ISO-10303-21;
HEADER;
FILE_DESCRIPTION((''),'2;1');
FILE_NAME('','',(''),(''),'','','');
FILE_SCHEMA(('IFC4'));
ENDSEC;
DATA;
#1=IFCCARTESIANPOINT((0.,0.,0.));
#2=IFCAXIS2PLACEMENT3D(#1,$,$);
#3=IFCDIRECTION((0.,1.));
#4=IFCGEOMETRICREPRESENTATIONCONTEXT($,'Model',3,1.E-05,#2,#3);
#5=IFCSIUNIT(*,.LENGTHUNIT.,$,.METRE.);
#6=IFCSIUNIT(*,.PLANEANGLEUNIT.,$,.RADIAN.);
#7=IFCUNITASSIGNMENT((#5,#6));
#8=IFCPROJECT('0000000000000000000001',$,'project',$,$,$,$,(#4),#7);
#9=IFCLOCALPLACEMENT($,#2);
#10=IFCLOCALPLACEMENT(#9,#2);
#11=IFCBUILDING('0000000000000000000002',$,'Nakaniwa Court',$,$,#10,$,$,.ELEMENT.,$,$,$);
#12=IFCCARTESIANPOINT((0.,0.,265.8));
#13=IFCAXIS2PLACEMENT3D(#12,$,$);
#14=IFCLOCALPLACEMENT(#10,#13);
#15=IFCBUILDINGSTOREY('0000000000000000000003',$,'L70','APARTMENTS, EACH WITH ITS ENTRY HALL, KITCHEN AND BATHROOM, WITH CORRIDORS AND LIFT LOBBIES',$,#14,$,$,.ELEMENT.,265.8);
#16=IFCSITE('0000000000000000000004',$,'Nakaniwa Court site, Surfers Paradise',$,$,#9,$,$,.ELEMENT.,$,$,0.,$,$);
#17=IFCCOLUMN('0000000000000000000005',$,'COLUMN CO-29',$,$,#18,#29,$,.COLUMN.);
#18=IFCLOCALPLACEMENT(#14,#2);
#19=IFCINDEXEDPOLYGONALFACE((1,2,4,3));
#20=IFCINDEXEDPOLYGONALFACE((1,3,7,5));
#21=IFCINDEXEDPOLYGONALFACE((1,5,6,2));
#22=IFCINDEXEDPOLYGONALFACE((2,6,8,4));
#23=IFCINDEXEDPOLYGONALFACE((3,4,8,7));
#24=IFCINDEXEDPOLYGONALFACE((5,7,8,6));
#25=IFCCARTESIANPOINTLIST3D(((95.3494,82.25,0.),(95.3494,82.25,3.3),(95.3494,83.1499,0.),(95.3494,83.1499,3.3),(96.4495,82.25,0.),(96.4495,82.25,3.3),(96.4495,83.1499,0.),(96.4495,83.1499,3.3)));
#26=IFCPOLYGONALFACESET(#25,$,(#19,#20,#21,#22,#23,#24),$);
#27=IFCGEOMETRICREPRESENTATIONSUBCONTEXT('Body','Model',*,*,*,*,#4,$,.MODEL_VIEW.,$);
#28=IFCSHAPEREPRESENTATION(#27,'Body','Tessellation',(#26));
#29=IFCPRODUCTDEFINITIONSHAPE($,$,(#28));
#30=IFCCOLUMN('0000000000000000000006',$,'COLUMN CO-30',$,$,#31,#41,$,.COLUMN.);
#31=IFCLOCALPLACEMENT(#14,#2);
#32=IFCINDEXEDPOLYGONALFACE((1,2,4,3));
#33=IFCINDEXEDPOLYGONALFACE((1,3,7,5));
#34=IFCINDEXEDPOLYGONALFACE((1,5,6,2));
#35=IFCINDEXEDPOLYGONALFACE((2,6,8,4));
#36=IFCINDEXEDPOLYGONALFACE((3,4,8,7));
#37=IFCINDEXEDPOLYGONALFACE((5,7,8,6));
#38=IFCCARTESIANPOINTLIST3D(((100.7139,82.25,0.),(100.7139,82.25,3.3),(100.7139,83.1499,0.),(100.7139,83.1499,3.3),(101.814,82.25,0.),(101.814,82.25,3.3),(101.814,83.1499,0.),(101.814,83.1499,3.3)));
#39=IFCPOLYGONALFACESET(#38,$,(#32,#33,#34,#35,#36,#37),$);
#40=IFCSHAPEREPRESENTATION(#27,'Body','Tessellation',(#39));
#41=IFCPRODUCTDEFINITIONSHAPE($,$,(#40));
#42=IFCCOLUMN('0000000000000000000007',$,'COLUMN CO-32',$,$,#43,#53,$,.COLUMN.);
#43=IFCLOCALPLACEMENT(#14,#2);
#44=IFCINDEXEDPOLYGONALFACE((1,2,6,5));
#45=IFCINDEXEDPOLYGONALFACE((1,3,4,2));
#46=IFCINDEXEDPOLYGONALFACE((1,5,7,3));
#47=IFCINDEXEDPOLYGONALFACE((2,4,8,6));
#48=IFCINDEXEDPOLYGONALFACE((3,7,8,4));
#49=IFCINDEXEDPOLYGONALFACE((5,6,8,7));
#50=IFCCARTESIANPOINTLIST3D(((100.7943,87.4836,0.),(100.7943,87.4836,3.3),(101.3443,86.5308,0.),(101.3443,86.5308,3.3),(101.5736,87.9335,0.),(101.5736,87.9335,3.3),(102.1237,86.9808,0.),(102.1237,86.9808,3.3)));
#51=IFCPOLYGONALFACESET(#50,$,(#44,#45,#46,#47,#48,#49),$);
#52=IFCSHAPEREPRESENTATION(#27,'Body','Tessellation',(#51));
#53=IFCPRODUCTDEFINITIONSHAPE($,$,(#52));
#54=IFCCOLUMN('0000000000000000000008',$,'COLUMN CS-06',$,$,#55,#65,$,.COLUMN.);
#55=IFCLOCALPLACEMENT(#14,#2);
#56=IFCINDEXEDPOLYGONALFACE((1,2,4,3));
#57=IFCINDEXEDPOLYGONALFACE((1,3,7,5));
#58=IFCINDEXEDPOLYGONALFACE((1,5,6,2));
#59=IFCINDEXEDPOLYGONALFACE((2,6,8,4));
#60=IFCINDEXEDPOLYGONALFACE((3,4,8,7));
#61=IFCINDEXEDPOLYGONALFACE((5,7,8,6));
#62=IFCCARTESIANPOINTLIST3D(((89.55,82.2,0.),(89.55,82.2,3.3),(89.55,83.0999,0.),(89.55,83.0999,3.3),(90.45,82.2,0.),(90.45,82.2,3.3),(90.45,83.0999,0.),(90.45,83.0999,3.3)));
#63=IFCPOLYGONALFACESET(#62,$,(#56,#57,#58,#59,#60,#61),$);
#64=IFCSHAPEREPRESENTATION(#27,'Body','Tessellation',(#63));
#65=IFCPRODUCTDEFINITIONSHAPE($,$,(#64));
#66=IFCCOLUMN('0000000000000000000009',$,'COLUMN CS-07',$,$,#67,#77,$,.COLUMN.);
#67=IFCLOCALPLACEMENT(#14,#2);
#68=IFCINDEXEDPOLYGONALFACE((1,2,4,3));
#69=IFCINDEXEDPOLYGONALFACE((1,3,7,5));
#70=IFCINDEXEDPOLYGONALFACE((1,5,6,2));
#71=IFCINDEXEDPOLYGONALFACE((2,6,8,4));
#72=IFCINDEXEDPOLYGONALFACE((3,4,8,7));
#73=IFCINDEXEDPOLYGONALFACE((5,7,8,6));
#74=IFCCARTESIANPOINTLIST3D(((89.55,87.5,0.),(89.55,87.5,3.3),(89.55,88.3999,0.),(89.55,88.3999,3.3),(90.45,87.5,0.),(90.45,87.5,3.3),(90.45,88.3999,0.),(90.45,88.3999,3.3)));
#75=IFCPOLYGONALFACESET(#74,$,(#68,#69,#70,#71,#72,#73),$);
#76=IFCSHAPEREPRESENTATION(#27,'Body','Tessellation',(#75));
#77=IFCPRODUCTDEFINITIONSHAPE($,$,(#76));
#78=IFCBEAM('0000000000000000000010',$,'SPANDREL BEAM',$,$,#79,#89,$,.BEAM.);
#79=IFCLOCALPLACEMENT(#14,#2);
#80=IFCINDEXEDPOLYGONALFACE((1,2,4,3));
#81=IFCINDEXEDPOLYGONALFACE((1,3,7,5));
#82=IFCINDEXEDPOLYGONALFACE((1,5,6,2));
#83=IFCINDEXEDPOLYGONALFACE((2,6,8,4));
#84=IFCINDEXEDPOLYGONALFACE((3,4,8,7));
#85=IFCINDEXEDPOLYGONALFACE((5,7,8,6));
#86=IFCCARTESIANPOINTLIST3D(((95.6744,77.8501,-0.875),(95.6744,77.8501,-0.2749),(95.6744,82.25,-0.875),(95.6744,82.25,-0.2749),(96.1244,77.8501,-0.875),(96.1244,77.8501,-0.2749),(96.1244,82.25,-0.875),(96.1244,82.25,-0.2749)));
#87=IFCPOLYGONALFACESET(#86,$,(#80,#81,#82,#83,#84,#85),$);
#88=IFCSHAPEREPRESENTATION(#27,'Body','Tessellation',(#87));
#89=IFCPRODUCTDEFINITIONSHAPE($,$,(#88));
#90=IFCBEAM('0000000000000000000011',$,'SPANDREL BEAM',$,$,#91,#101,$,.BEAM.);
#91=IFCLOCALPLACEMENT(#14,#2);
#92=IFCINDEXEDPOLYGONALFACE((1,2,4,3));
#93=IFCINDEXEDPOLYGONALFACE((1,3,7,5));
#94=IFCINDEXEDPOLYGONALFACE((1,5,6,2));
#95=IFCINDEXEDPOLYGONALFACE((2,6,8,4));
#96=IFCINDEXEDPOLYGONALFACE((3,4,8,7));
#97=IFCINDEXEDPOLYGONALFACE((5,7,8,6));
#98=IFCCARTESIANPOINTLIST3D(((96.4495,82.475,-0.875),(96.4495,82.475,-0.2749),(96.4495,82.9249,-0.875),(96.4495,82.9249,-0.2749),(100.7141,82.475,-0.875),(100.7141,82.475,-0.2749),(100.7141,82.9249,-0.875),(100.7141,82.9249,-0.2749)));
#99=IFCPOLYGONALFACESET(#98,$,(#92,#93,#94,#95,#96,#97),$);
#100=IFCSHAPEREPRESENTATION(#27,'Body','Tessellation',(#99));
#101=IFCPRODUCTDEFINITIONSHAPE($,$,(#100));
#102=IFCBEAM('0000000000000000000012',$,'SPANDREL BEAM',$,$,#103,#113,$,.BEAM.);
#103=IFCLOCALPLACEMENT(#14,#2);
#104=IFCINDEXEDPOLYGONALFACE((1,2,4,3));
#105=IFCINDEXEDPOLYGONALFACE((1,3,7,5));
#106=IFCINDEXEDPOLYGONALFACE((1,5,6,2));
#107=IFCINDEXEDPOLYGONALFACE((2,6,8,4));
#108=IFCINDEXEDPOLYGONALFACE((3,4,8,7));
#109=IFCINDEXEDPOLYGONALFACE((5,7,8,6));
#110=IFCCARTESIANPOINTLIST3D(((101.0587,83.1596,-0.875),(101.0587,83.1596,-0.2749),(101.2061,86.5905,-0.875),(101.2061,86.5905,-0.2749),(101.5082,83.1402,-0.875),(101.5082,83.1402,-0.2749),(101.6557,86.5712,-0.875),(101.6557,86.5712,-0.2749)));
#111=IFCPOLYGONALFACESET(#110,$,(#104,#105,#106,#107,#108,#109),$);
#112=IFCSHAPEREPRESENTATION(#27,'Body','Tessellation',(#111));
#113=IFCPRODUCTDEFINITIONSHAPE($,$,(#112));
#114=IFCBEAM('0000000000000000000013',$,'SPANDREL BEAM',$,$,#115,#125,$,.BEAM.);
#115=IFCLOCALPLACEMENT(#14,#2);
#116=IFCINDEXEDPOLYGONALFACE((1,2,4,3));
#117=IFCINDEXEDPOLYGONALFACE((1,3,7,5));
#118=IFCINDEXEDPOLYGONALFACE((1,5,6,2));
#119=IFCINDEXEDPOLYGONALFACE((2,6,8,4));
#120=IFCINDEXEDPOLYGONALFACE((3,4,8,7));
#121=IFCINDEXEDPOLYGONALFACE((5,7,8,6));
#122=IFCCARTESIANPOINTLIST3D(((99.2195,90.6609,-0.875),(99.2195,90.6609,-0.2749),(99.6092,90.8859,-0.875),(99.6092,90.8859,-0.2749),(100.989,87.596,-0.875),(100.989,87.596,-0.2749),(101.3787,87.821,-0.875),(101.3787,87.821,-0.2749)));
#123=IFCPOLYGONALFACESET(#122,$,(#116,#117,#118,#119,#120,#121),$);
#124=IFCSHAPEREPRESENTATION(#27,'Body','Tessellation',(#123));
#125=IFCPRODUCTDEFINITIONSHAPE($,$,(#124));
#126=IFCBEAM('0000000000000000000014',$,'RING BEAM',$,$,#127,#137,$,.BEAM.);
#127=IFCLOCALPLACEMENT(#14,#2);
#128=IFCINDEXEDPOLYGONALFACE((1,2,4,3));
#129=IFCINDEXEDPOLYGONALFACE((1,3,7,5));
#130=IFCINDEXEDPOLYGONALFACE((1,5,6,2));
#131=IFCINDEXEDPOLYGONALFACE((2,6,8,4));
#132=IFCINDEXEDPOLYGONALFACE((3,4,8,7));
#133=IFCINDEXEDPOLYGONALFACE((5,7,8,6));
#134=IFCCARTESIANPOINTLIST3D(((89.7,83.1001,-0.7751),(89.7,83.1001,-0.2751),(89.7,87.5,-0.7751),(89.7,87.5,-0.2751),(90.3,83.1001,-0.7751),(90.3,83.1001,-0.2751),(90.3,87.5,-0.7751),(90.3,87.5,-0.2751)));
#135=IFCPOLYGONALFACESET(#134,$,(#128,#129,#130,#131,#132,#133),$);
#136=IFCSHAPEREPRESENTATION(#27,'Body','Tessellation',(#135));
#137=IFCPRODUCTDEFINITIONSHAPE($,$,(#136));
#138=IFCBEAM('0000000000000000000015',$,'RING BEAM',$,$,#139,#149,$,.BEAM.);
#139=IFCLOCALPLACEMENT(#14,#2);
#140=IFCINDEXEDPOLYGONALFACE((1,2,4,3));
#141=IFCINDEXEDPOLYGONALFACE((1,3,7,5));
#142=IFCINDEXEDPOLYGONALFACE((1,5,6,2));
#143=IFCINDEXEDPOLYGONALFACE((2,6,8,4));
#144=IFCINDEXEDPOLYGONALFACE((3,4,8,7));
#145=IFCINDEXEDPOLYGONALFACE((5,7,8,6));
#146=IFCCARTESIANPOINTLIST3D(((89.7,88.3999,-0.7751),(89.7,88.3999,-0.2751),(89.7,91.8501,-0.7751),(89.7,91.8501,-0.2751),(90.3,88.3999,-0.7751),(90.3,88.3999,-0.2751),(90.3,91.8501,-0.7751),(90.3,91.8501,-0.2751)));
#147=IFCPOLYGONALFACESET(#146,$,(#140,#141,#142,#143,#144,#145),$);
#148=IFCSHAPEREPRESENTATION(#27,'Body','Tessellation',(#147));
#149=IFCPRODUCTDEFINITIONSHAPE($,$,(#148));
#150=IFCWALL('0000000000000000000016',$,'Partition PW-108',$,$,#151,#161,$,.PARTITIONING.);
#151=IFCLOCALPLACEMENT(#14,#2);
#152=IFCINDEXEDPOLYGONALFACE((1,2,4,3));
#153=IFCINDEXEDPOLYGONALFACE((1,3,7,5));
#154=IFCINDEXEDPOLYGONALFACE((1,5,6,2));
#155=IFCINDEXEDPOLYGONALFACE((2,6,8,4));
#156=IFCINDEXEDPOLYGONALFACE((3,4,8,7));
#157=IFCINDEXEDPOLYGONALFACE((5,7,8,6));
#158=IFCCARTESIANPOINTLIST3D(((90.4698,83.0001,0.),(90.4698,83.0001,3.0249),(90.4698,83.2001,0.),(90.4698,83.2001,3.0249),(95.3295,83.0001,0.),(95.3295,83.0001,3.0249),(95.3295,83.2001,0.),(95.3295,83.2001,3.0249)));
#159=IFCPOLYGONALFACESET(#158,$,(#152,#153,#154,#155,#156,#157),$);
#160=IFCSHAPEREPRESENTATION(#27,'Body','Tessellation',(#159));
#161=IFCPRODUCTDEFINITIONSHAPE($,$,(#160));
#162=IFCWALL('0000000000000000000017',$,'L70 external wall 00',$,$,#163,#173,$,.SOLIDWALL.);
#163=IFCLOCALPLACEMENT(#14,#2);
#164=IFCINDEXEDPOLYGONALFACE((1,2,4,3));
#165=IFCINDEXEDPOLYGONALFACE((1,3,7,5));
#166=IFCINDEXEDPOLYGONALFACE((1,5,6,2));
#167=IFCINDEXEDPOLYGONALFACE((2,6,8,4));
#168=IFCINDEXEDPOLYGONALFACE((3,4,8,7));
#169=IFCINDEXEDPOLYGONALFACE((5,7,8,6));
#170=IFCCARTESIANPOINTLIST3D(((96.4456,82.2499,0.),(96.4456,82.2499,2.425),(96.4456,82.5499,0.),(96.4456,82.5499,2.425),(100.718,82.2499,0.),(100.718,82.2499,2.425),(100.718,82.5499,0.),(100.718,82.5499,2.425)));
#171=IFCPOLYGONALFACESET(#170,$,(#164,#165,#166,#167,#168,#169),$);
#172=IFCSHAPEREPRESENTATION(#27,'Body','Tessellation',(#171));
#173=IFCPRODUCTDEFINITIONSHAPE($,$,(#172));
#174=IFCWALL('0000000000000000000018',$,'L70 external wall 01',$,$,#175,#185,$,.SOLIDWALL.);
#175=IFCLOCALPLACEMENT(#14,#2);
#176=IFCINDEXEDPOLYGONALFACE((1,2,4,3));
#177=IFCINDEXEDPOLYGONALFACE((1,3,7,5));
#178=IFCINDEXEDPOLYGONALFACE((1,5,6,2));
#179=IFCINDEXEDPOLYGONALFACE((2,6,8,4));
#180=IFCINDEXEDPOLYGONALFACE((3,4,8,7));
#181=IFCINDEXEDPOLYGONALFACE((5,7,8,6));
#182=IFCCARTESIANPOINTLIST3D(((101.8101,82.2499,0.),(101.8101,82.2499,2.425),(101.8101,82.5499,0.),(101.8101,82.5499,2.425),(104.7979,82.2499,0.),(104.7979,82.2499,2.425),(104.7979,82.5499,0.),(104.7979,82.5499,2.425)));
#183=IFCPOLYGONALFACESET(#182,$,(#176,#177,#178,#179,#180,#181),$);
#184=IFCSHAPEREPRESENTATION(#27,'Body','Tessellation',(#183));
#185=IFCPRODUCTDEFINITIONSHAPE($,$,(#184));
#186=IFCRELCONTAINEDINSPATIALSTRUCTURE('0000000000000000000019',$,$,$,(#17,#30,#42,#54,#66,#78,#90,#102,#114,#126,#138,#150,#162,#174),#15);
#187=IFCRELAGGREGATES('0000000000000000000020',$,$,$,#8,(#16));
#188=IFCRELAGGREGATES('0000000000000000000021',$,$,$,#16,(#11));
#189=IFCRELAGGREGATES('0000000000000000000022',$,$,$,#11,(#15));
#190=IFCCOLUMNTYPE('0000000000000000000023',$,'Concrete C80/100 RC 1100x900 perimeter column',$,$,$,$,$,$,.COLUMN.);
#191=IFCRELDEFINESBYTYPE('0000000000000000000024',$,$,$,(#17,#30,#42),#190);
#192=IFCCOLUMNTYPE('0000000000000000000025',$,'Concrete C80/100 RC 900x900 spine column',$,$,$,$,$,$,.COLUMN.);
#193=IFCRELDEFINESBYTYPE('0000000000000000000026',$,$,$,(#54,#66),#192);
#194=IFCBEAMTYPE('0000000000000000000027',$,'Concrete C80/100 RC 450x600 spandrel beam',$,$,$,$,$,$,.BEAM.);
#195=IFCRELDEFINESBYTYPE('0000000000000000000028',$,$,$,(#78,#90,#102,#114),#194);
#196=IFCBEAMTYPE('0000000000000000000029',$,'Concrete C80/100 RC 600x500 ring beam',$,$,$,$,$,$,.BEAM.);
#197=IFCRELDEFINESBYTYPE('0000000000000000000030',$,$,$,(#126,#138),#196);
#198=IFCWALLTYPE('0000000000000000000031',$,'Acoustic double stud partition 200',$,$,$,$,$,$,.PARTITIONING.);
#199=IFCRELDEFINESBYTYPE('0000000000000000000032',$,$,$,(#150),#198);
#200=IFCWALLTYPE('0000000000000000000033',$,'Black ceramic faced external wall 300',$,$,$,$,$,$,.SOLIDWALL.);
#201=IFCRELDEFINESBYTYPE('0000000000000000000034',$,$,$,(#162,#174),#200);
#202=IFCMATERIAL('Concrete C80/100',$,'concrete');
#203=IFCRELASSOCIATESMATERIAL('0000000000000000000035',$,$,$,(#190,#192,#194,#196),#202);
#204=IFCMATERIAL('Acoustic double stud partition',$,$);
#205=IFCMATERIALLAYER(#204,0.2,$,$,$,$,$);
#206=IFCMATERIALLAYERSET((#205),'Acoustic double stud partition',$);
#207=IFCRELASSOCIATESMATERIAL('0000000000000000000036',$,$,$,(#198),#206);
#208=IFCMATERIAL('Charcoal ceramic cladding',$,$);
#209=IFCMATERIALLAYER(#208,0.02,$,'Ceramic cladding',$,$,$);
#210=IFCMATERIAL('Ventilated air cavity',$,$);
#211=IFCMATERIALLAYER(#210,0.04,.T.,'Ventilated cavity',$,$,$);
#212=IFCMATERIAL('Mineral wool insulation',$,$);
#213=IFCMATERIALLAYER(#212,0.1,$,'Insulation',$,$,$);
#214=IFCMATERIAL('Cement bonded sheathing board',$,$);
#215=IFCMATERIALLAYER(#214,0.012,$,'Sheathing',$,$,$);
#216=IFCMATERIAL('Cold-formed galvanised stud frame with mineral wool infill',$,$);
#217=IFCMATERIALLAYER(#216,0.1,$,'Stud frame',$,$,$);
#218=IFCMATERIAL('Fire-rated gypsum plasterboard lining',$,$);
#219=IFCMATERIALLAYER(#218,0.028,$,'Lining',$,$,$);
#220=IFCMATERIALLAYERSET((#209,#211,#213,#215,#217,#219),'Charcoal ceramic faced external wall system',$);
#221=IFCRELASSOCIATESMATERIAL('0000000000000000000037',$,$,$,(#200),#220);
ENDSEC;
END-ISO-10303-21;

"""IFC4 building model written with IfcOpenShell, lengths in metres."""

from ifc_helpers import new_model, si_unit, direction, frame, frame_2d, origin, origin_2d, place, context, subcontext, project, spatial, rectangle, extrude, material, layer, layer_set, material_profile, profile_set, type_object, element, save


model = new_model("IFC4")

# Units and contexts
model_context = context("Model", 3, precision=1e-05, world=origin(), true_north=direction((0.0, 1.0)))
body_context = subcontext(model_context, "Body", "Model", "MODEL_VIEW")
ifc_project = project(units=[si_unit("LENGTHUNIT", "METRE"), si_unit("PLANEANGLEUNIT", "RADIAN")], contexts=[model_context])

# Site, building, storey
site_placement = place(None, origin())
site = spatial("IfcSite", under=ifc_project, at=site_placement, Name="Nakaniwa Court site, Surfers Paradise", CompositionType="ELEMENT", RefElevation=0.0)
building_placement = place(site_placement, origin())
building = spatial("IfcBuilding", under=site, at=building_placement, Name="Nakaniwa Court", CompositionType="ELEMENT")
storey_placement = place(building_placement, frame((0.0, 0.0, 265.8)))
storey = spatial("IfcBuildingStorey", under=building, at=storey_placement, Name="L70", Description="APARTMENTS, EACH WITH ITS ENTRY HALL, KITCHEN AND BATHROOM, WITH CORRIDORS AND LIFT LOBBIES", CompositionType="ELEMENT", Elevation=265.8)

# Columns
ifc_material_1 = material(Name="Concrete C80/100", Category="concrete")
ifc_material_profile_1 = material_profile(ifc_material_1, rectangle(XDim=1.1001, YDim=0.8999, at=origin_2d()), Name="Concrete C80/100 RC 1100x900 perimeter column")
ifc_profile_set_1 = profile_set([ifc_material_profile_1], Name="Concrete C80/100")
column_type_1 = type_object("IfcColumnType", Name="Concrete C80/100 RC 1100x900 perimeter column", PredefinedType="COLUMN", material=ifc_profile_set_1)
for number, where, z_axis, x_axis, name in (
    (1, (95.8994, 82.7, 0.0), (0.0, 0.0, 1.0), (1.0, 0.0, 0.0), "COLUMN CO-29"),
    (2, (101.2639, 82.7, 0.0), (0.0, 0.0, 1.0), (1.0, 0.0, 0.0), "COLUMN CO-30"),
    (3, (101.459, 87.2322, 0.0), (0.0, 0.0, 1.0), (-0.5, 0.866025, 0.0), "COLUMN CO-32"),
):
    element("IfcColumn", number, at=place(storey_placement, frame(where, z_axis=z_axis, x_axis=x_axis)), inside=storey, type_object=column_type_1, Name=name, PredefinedType="COLUMN", context=body_context, shape_type="SweptSolid", body=[
        extrude(rectangle(XDim=1.1001, YDim=0.8999, at=origin_2d()), origin(), (0.0, 0.0, 1.0), 3.3),
    ])
ifc_material_profile_2 = material_profile(ifc_material_1, rectangle(XDim=0.8999, YDim=0.8999, at=origin_2d()), Name="Concrete C80/100 RC 900x900 spine column")
ifc_profile_set_2 = profile_set([ifc_material_profile_2], Name="Concrete C80/100")
column_type_2 = type_object("IfcColumnType", Name="Concrete C80/100 RC 900x900 spine column", PredefinedType="COLUMN", material=ifc_profile_set_2)
for number, where, z_axis, x_axis, name in (
    (4, (90.0, 82.6499, 0.0), (0.0, 0.0, 1.0), (0.0, 1.0, 0.0), "COLUMN CS-06"),
    (5, (90.0, 87.95, 0.0), (0.0, 0.0, 1.0), (0.0, 1.0, 0.0), "COLUMN CS-07"),
):
    element("IfcColumn", number, at=place(storey_placement, frame(where, z_axis=z_axis, x_axis=x_axis)), inside=storey, type_object=column_type_2, Name=name, PredefinedType="COLUMN", context=body_context, shape_type="SweptSolid", body=[
        extrude(rectangle(XDim=0.8999, YDim=0.8999, at=origin_2d()), origin(), (0.0, 0.0, 1.0), 3.3),
    ])

# Beams
ifc_material_profile_3 = material_profile(ifc_material_1, rectangle(XDim=0.45, YDim=0.6001, at=origin_2d()), Name="Concrete C80/100 RC 450x600 spandrel beam")
ifc_profile_set_3 = profile_set([ifc_material_profile_3], Name="Concrete C80/100")
beam_type_1 = type_object("IfcBeamType", Name="Concrete C80/100 RC 450x600 spandrel beam", PredefinedType="BEAM", material=ifc_profile_set_3)
beam_1_placement = place(storey_placement, frame((95.8994, 77.8501, -0.575), z_axis=(0.0, 1.0, 0.0), x_axis=(-1.0, 0.0, 0.0)))
element("IfcBeam", 6, at=beam_1_placement, inside=storey, type_object=beam_type_1, Name="SPANDREL BEAM", PredefinedType="BEAM", context=body_context, shape_type="SweptSolid", body=[
    extrude(rectangle(XDim=0.45, YDim=0.6001, at=origin_2d()), origin(), (0.0, 0.0, 1.0), 4.3999),
])
beam_2_placement = place(storey_placement, frame((96.4495, 82.7, -0.575), z_axis=(1.0, 0.0, 0.0), x_axis=(0.0, 1.0, 0.0)))
element("IfcBeam", 7, at=beam_2_placement, inside=storey, type_object=beam_type_1, Name="SPANDREL BEAM", PredefinedType="BEAM", context=body_context, shape_type="SweptSolid", body=[
    extrude(rectangle(XDim=0.45, YDim=0.6001, at=origin_2d()), origin(), (0.0, 0.0, 1.0), 4.2646),
])
beam_3_placement = place(storey_placement, frame((101.2834, 83.1499, -0.575), z_axis=(0.042941, 0.999078, 0.0), x_axis=(-0.999078, 0.042941, 0.0)))
element("IfcBeam", 8, at=beam_3_placement, inside=storey, type_object=beam_type_1, Name="SPANDREL BEAM", PredefinedType="BEAM", context=body_context, shape_type="SweptSolid", body=[
    extrude(rectangle(XDim=0.45, YDim=0.6001, at=origin_2d()), origin(), (0.0, 0.0, 1.0), 3.4341),
])
beam_4_placement = place(storey_placement, frame((101.1838, 87.7085, -0.575), z_axis=(-0.499997, 0.866027, 0.0), x_axis=(-0.866027, -0.499997, 0.0)))
element("IfcBeam", 9, at=beam_4_placement, inside=storey, type_object=beam_type_1, Name="SPANDREL BEAM", PredefinedType="BEAM", context=body_context, shape_type="SweptSolid", body=[
    extrude(rectangle(XDim=0.45, YDim=0.6001, at=origin_2d()), origin(), (0.0, 0.0, 1.0), 3.5391),
])
ifc_material_profile_4 = material_profile(ifc_material_1, rectangle(XDim=0.6001, YDim=0.5, at=origin_2d()), Name="Concrete C80/100 RC 600x500 ring beam")
ifc_profile_set_4 = profile_set([ifc_material_profile_4], Name="Concrete C80/100")
beam_type_2 = type_object("IfcBeamType", Name="Concrete C80/100 RC 600x500 ring beam", PredefinedType="BEAM", material=ifc_profile_set_4)
beam_5_placement = place(storey_placement, frame((90.0, 83.1001, -0.5251), z_axis=(0.0, 1.0, 0.0), x_axis=(-1.0, 0.0, 0.0)))
element("IfcBeam", 10, at=beam_5_placement, inside=storey, type_object=beam_type_2, Name="RING BEAM", PredefinedType="BEAM", context=body_context, shape_type="SweptSolid", body=[
    extrude(rectangle(XDim=0.6001, YDim=0.5, at=origin_2d()), origin(), (0.0, 0.0, 1.0), 4.3999),
])
beam_6_placement = place(storey_placement, frame((90.0, 88.3999, -0.5251), z_axis=(0.0, 1.0, 0.0), x_axis=(-1.0, 0.0, 0.0)))
element("IfcBeam", 11, at=beam_6_placement, inside=storey, type_object=beam_type_2, Name="RING BEAM", PredefinedType="BEAM", context=body_context, shape_type="SweptSolid", body=[
    extrude(rectangle(XDim=0.6001, YDim=0.5, at=origin_2d()), origin(), (0.0, 0.0, 1.0), 3.4502),
])

# Walls
ifc_material_2 = material(Name="Acoustic double stud partition")
ifc_layer_1 = layer(ifc_material_2, 0.2)
ifc_layer_set_1 = layer_set([ifc_layer_1], Name="Acoustic double stud partition")
wall_type_1 = type_object("IfcWallType", Name="Acoustic double stud partition 200", PredefinedType="PARTITIONING", material=ifc_layer_set_1)
wall_1_placement = place(storey_placement, frame((90.47, 83.1001, 0.0), z_axis=(0.0, 0.0, 1.0), x_axis=(1.0, 0.0, 0.0)))
element("IfcWall", 12, at=wall_1_placement, inside=storey, type_object=wall_type_1, Name="Partition PW-108", PredefinedType="PARTITIONING", context=body_context, shape_type="SweptSolid", body=[
    extrude(rectangle(XDim=4.8596, YDim=0.2, at=frame_2d((2.4297, 0.0))), origin(), (0.0, 0.0, 1.0), 3.0249),
])
ifc_material_3 = material(Name="Charcoal ceramic cladding")
ifc_layer_2 = layer(ifc_material_3, 0.02, Name="Ceramic cladding")
ifc_material_4 = material(Name="Ventilated air cavity")
ifc_layer_3 = layer(ifc_material_4, 0.04, ventilated=True, Name="Ventilated cavity")
ifc_material_5 = material(Name="Mineral wool insulation")
ifc_layer_4 = layer(ifc_material_5, 0.1, Name="Insulation")
ifc_material_6 = material(Name="Cement bonded sheathing board")
ifc_layer_5 = layer(ifc_material_6, 0.012, Name="Sheathing")
ifc_material_7 = material(Name="Cold-formed galvanised stud frame with mineral wool infill")
ifc_layer_6 = layer(ifc_material_7, 0.1, Name="Stud frame")
ifc_material_8 = material(Name="Fire-rated gypsum plasterboard lining")
ifc_layer_7 = layer(ifc_material_8, 0.028, Name="Lining")
ifc_layer_set_2 = layer_set([ifc_layer_2, ifc_layer_3, ifc_layer_4, ifc_layer_5, ifc_layer_6, ifc_layer_7], Name="Charcoal ceramic faced external wall system")
wall_type_2 = type_object("IfcWallType", Name="Black ceramic faced external wall 300", PredefinedType="SOLIDWALL", material=ifc_layer_set_2)
wall_2_placement = place(storey_placement, frame((96.4456, 82.3999, 0.0), z_axis=(0.0, 0.0, 1.0), x_axis=(1.0, 0.0, 0.0)))
element("IfcWall", 13, at=wall_2_placement, inside=storey, type_object=wall_type_2, Name="L70 external wall 00", PredefinedType="SOLIDWALL", context=body_context, shape_type="SweptSolid", body=[
    extrude(rectangle(XDim=4.2725, YDim=0.3, at=frame_2d((2.1362, 0.0))), origin(), (0.0, 0.0, 1.0), 2.425),
])
wall_3_placement = place(storey_placement, frame((101.8101, 82.3999, 0.0), z_axis=(0.0, 0.0, 1.0), x_axis=(1.0, 0.0, 0.0)))
element("IfcWall", 14, at=wall_3_placement, inside=storey, type_object=wall_type_2, Name="L70 external wall 01", PredefinedType="SOLIDWALL", context=body_context, shape_type="SweptSolid", body=[
    extrude(rectangle(XDim=2.9878, YDim=0.3, at=frame_2d((1.4939, 0.0))), origin(), (0.0, 0.0, 1.0), 2.425),
])

save(model, "model.ifc")
